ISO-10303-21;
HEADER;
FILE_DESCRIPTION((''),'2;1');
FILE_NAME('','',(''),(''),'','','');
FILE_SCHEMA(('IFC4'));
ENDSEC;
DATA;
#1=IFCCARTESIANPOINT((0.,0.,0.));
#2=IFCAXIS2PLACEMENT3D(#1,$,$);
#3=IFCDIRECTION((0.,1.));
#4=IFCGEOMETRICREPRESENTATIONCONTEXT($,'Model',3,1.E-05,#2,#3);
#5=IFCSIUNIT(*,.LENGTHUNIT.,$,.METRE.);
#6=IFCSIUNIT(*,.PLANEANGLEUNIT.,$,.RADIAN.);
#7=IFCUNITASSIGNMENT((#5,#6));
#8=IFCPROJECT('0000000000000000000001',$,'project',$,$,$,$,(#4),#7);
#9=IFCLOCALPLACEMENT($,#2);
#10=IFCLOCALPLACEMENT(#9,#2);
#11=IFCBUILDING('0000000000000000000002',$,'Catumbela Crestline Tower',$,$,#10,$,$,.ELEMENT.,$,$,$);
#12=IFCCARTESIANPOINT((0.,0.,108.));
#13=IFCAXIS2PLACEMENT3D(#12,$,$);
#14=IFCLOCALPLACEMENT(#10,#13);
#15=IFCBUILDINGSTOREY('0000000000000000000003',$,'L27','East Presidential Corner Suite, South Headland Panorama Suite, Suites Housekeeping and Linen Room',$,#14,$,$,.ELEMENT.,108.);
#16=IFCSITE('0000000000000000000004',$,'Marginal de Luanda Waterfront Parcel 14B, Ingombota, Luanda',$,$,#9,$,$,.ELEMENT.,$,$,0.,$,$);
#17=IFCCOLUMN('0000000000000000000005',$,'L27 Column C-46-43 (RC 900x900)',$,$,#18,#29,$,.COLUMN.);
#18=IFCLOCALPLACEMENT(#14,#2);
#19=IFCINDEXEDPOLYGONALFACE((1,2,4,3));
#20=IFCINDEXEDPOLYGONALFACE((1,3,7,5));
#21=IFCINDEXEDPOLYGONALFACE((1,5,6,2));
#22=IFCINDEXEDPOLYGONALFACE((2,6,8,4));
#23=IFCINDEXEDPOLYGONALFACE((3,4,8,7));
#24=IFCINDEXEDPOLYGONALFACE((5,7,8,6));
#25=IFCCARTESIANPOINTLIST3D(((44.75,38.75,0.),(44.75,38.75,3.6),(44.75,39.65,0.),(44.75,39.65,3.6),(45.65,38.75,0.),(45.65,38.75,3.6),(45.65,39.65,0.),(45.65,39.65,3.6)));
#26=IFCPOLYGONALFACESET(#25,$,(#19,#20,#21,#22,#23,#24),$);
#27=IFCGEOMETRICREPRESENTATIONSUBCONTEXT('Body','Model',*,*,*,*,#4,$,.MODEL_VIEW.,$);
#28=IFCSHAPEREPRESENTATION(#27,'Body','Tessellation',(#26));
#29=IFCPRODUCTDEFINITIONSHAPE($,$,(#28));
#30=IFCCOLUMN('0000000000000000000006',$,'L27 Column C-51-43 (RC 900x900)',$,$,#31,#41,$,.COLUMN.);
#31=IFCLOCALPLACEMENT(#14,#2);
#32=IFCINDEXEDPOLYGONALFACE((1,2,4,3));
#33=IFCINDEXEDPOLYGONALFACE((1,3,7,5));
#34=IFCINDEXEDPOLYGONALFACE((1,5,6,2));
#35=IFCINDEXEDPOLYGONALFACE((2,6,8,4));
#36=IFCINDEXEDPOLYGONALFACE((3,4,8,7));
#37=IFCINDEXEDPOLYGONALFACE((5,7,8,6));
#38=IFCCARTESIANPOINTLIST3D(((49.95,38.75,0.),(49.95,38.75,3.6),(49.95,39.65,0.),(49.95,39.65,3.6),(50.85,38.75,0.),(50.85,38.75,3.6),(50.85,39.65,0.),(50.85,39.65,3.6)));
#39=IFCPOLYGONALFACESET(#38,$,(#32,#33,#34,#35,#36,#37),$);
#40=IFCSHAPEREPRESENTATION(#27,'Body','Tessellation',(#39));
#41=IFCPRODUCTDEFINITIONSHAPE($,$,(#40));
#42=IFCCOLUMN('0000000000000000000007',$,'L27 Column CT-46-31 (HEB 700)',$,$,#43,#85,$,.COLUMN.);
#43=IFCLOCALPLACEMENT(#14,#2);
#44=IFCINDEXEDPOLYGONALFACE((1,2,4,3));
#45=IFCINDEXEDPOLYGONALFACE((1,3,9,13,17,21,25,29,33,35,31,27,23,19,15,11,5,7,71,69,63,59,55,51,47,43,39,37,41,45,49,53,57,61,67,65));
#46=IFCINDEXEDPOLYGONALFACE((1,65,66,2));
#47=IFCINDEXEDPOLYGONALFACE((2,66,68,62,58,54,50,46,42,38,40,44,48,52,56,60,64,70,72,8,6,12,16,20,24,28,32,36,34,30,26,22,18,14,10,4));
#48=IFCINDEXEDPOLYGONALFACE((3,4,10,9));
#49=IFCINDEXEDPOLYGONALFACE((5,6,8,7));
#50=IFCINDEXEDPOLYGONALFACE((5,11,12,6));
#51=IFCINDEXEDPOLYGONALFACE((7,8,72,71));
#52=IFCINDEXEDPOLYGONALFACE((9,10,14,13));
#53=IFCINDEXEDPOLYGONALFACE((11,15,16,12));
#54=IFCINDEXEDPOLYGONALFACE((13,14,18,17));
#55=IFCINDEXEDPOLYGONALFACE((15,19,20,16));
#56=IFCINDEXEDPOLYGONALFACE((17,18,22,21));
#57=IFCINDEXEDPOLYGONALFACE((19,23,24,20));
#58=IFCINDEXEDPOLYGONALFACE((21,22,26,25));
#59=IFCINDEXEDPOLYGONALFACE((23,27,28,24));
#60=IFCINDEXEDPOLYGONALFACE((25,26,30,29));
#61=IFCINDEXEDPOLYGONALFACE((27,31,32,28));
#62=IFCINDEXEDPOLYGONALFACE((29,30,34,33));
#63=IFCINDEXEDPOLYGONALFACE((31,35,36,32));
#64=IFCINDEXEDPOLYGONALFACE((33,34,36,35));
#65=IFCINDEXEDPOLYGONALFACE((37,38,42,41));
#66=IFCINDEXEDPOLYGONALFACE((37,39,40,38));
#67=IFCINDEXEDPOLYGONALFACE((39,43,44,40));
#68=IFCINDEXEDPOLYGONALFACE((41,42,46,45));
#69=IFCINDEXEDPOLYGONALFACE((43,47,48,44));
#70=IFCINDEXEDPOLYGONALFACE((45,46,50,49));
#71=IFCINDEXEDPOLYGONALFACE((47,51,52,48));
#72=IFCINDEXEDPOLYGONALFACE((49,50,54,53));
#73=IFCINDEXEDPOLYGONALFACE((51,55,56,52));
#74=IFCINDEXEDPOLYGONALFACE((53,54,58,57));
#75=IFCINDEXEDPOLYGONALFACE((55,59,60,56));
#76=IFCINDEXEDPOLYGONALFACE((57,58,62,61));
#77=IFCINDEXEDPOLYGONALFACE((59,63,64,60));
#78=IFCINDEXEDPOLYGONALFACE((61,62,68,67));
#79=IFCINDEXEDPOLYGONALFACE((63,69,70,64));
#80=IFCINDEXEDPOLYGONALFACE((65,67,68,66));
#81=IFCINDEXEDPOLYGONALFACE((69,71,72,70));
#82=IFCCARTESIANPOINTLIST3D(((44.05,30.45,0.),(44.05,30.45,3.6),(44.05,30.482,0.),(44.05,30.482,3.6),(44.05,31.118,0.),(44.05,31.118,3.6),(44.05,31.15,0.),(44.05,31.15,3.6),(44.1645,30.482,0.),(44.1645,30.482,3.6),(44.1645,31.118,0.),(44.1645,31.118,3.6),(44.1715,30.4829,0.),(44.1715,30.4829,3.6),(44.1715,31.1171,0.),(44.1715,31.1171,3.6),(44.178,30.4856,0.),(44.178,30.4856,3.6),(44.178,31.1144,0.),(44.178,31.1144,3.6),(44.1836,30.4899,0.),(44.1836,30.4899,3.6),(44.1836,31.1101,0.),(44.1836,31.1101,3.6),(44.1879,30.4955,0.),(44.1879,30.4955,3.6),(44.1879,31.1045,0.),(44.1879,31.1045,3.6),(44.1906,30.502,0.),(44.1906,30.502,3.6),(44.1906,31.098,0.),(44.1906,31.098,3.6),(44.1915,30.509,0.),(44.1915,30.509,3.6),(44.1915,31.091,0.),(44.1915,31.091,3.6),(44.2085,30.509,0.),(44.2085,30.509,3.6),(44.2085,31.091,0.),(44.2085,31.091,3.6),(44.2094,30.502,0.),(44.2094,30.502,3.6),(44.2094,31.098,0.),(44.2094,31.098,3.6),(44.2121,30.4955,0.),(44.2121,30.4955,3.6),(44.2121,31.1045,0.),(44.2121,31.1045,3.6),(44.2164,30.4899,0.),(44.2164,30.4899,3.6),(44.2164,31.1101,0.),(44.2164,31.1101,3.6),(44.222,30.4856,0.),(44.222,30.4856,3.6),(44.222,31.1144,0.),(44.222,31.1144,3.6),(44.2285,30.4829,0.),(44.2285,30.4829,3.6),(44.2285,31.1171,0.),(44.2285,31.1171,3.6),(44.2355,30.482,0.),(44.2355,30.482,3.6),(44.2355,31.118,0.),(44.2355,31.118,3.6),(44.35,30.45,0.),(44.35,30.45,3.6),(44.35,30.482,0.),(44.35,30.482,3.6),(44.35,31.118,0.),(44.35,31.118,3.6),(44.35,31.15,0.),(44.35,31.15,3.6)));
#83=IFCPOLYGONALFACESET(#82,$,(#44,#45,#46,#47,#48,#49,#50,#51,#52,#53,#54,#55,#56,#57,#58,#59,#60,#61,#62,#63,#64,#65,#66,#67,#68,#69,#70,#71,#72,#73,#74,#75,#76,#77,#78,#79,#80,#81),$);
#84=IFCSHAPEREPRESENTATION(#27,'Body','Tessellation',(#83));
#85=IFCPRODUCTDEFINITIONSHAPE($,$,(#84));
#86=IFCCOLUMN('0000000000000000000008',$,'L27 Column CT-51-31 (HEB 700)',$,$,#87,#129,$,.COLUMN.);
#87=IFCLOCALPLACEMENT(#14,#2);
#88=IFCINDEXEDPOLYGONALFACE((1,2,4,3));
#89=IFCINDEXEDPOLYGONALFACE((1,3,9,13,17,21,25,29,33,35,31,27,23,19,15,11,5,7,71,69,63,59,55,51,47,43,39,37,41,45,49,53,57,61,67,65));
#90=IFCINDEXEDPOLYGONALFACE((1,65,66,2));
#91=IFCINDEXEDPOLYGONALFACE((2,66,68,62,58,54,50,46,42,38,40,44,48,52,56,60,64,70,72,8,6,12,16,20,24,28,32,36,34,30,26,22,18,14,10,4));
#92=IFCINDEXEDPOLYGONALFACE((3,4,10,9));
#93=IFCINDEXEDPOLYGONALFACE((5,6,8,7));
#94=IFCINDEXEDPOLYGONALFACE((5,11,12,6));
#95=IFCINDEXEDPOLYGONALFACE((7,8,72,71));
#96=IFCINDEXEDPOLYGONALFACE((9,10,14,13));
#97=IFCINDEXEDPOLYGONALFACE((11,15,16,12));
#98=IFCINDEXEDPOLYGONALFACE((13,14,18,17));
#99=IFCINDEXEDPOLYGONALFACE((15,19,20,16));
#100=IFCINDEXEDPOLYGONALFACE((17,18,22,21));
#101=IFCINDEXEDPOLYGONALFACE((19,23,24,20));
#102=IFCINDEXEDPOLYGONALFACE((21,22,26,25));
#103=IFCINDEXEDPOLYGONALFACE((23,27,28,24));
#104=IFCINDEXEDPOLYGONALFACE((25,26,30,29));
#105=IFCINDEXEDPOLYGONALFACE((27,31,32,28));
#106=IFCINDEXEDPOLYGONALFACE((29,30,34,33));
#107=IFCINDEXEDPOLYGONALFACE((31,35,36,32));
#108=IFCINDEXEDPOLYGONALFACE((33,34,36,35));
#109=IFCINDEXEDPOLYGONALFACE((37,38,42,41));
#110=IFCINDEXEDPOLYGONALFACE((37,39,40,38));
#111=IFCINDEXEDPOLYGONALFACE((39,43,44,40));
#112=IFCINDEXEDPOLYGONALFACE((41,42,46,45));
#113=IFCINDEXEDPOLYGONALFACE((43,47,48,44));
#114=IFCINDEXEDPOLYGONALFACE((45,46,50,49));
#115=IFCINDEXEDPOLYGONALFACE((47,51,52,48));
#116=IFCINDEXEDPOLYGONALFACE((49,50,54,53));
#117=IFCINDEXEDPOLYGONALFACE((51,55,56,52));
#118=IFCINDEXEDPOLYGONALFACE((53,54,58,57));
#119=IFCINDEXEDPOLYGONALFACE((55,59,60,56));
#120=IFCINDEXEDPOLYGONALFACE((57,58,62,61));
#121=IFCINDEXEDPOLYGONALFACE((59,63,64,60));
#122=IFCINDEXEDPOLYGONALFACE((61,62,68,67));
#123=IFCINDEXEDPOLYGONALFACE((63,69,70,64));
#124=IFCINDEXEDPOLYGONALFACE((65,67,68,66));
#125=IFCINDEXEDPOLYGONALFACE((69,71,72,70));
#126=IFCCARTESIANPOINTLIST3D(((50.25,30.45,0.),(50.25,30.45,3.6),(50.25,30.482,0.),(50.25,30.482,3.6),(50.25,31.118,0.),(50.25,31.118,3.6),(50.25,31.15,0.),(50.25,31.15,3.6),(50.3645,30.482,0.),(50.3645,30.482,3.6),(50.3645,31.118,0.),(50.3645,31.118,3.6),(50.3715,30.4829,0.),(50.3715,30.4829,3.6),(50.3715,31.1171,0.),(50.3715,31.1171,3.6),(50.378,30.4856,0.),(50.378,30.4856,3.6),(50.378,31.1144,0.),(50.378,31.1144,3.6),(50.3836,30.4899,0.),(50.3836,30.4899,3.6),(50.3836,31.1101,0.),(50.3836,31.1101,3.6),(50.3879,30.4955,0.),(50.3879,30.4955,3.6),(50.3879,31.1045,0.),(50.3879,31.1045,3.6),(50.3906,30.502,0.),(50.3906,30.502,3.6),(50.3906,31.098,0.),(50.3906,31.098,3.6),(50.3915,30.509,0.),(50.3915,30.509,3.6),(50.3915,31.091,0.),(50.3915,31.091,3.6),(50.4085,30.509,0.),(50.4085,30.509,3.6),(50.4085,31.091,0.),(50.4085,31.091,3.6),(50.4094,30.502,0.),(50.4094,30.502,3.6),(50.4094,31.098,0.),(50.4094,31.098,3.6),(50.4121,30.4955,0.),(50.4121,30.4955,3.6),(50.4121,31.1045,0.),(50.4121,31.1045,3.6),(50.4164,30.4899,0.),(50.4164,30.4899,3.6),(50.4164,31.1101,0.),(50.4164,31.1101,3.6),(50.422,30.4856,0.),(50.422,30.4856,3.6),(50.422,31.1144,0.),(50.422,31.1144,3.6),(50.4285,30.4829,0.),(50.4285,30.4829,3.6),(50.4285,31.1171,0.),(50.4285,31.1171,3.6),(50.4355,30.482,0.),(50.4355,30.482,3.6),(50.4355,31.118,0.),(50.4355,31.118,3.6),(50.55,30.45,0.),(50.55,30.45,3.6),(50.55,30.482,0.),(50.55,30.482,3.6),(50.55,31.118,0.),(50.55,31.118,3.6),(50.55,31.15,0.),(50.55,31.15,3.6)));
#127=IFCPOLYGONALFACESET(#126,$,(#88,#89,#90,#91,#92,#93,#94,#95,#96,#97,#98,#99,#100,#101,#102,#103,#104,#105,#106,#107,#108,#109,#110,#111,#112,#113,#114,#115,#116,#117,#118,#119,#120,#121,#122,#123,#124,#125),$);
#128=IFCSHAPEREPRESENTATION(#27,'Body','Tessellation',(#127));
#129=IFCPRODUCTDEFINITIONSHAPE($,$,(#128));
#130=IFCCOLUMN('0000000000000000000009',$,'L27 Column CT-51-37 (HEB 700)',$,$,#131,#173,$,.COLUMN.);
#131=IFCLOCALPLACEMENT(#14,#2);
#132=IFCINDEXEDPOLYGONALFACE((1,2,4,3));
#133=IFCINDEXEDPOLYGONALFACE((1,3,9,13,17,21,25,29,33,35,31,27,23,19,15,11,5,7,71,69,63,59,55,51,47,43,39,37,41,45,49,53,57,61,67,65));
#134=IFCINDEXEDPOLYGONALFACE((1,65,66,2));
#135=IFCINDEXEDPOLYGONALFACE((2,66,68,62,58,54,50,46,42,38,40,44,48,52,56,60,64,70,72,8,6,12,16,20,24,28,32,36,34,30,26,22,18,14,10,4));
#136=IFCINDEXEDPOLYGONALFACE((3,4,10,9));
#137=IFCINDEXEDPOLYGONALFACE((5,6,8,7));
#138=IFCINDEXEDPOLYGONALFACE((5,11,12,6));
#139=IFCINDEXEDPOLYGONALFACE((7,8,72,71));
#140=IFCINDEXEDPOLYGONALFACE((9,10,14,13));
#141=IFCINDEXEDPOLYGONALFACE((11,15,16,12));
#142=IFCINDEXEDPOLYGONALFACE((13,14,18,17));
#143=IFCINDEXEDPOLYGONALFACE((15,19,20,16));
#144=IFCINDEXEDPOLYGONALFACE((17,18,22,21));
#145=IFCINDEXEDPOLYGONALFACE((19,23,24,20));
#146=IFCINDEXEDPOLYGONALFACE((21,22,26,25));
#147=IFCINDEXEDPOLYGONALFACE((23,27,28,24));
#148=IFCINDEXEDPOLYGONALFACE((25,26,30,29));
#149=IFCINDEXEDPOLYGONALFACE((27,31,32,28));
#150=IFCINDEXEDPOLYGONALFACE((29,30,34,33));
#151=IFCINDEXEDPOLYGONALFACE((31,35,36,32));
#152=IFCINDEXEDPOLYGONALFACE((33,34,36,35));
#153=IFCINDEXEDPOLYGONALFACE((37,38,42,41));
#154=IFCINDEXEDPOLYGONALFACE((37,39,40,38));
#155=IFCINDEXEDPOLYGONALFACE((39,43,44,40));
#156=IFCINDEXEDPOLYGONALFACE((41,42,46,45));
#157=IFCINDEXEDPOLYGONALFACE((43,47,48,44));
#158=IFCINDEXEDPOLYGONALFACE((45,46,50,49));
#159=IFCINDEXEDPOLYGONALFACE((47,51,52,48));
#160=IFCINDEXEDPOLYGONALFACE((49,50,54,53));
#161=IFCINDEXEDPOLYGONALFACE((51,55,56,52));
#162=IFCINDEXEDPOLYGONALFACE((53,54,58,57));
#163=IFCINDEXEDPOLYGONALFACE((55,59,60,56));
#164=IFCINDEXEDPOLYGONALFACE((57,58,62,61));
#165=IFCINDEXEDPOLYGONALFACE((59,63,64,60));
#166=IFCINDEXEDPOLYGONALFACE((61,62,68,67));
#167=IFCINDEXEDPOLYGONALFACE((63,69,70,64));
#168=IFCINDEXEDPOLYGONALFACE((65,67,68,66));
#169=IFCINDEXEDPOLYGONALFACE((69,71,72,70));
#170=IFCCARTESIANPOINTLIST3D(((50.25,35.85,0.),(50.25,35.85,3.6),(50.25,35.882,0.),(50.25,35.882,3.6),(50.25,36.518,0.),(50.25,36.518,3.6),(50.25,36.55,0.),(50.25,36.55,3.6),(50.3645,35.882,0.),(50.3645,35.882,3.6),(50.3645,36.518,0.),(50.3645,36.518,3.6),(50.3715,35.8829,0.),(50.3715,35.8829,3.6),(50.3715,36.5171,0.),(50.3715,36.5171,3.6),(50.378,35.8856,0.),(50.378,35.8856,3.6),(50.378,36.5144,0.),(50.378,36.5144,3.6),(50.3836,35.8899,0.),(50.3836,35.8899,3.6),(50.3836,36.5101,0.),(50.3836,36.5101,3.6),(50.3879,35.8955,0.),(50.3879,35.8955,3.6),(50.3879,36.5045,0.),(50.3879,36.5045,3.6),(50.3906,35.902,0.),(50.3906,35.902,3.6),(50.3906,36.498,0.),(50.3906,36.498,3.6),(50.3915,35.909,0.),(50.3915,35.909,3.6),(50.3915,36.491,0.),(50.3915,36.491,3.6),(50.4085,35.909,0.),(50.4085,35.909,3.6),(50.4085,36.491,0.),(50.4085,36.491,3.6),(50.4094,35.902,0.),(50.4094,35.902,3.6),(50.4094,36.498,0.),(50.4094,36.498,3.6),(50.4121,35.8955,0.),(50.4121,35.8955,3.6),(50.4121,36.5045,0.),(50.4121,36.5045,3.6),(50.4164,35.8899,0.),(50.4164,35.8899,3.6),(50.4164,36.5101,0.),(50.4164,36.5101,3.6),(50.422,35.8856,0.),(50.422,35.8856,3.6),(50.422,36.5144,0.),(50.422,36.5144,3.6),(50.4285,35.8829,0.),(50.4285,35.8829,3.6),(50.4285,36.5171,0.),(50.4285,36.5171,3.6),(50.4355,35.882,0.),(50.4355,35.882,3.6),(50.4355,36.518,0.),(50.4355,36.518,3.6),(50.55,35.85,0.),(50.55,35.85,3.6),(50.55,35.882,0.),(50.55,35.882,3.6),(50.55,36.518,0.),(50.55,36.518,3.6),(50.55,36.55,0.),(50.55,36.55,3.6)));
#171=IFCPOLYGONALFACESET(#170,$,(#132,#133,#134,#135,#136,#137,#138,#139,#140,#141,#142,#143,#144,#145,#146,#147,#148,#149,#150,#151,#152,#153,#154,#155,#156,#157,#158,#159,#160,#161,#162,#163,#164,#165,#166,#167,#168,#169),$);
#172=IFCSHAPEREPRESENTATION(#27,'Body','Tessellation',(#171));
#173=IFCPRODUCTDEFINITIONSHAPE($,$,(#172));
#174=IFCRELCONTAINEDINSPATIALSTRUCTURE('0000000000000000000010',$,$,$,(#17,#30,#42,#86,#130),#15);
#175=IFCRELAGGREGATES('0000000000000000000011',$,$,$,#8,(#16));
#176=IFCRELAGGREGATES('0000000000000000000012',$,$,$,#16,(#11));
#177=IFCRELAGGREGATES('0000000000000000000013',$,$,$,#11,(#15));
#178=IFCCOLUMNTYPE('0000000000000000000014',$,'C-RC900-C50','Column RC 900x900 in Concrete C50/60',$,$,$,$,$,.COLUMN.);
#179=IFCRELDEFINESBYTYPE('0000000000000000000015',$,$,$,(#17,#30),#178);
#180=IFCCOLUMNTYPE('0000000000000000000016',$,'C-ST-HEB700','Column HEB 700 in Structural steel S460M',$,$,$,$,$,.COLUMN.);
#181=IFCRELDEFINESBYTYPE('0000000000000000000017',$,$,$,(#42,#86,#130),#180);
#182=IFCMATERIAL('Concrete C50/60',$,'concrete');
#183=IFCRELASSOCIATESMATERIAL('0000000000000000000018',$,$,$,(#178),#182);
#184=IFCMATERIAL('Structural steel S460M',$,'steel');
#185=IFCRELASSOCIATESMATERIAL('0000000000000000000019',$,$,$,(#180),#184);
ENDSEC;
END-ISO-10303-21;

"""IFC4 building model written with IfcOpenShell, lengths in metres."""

from ifc_helpers import new_model, si_unit, direction, frame, origin, origin_2d, place, context, subcontext, project, spatial, rectangle, i_section, extrude, material, material_profile, profile_set, type_object, element, save


model = new_model("IFC4")

# Units and contexts
model_context = context("Model", 3, precision=1e-05, world=origin(), true_north=direction((0.0, 1.0)))
body_context = subcontext(model_context, "Body", "Model", "MODEL_VIEW")
ifc_project = project(units=[si_unit("LENGTHUNIT", "METRE"), si_unit("PLANEANGLEUNIT", "RADIAN")], contexts=[model_context])

# Site, building, storey
site_placement = place(None, origin())
site = spatial("IfcSite", under=ifc_project, at=site_placement, Name="Marginal de Luanda Waterfront Parcel 14B, Ingombota, Luanda", CompositionType="ELEMENT", RefElevation=0.0)
building_placement = place(site_placement, origin())
building = spatial("IfcBuilding", under=site, at=building_placement, Name="Catumbela Crestline Tower", CompositionType="ELEMENT")
storey_placement = place(building_placement, frame((0.0, 0.0, 108.0)))
storey = spatial("IfcBuildingStorey", under=building, at=storey_placement, Name="L27", Description="East Presidential Corner Suite, South Headland Panorama Suite, Suites Housekeeping and Linen Room", CompositionType="ELEMENT", Elevation=108.0)

# Columns
ifc_material_1 = material(Name="Concrete C50/60", Category="concrete")
ifc_material_profile_1 = material_profile(ifc_material_1, rectangle(XDim=0.9, YDim=0.9, at=origin_2d()), Name="RC 900x900")
ifc_profile_set_1 = profile_set([ifc_material_profile_1], Name="Concrete C50/60")
column_type_1 = type_object("IfcColumnType", Name="C-RC900-C50", Description="Column RC 900x900 in Concrete C50/60", PredefinedType="COLUMN", material=ifc_profile_set_1)
for number, where, z_axis, x_axis, name in (
    (1, (45.2, 39.2, 0.0), (0.0, 0.0, 1.0), (1.0, 0.0, 0.0), "L27 Column C-46-43 (RC 900x900)"),
    (2, (50.4, 39.2, 0.0), (0.0, 0.0, 1.0), (1.0, 0.0, 0.0), "L27 Column C-51-43 (RC 900x900)"),
):
    element("IfcColumn", number, at=place(storey_placement, frame(where, z_axis=z_axis, x_axis=x_axis)), inside=storey, type_object=column_type_1, Name=name, PredefinedType="COLUMN", context=body_context, shape_type="SweptSolid", body=[
        extrude(rectangle(XDim=0.9, YDim=0.9, at=origin_2d()), origin(), (0.0, 0.0, 1.0), 3.6),
    ])
ifc_material_2 = material(Name="Structural steel S460M", Category="steel")
ifc_material_profile_2 = material_profile(ifc_material_2, i_section(OverallWidth=0.3, OverallDepth=0.7, WebThickness=0.017, FlangeThickness=0.032, FilletRadius=0.027, at=origin_2d()), Name="HEB 700")
ifc_profile_set_2 = profile_set([ifc_material_profile_2], Name="Structural steel S460M")
column_type_2 = type_object("IfcColumnType", Name="C-ST-HEB700", Description="Column HEB 700 in Structural steel S460M", PredefinedType="COLUMN", material=ifc_profile_set_2)
for number, where, z_axis, x_axis, name in (
    (3, (44.2, 30.8, 0.0), (0.0, 0.0, 1.0), (1.0, 0.0, 0.0), "L27 Column CT-46-31 (HEB 700)"),
    (4, (50.4, 30.8, 0.0), (0.0, 0.0, 1.0), (1.0, 0.0, 0.0), "L27 Column CT-51-31 (HEB 700)"),
    (5, (50.4, 36.2, 0.0), (0.0, 0.0, 1.0), (1.0, 0.0, 0.0), "L27 Column CT-51-37 (HEB 700)"),
):
    element("IfcColumn", number, at=place(storey_placement, frame(where, z_axis=z_axis, x_axis=x_axis)), inside=storey, type_object=column_type_2, Name=name, PredefinedType="COLUMN", context=body_context, shape_type="SweptSolid", body=[
        extrude(i_section(OverallWidth=0.3, OverallDepth=0.7, WebThickness=0.017, FlangeThickness=0.032, FilletRadius=0.027, at=origin_2d()), origin(), (0.0, 0.0, 1.0), 3.6),
    ])

save(model, "model.ifc")
